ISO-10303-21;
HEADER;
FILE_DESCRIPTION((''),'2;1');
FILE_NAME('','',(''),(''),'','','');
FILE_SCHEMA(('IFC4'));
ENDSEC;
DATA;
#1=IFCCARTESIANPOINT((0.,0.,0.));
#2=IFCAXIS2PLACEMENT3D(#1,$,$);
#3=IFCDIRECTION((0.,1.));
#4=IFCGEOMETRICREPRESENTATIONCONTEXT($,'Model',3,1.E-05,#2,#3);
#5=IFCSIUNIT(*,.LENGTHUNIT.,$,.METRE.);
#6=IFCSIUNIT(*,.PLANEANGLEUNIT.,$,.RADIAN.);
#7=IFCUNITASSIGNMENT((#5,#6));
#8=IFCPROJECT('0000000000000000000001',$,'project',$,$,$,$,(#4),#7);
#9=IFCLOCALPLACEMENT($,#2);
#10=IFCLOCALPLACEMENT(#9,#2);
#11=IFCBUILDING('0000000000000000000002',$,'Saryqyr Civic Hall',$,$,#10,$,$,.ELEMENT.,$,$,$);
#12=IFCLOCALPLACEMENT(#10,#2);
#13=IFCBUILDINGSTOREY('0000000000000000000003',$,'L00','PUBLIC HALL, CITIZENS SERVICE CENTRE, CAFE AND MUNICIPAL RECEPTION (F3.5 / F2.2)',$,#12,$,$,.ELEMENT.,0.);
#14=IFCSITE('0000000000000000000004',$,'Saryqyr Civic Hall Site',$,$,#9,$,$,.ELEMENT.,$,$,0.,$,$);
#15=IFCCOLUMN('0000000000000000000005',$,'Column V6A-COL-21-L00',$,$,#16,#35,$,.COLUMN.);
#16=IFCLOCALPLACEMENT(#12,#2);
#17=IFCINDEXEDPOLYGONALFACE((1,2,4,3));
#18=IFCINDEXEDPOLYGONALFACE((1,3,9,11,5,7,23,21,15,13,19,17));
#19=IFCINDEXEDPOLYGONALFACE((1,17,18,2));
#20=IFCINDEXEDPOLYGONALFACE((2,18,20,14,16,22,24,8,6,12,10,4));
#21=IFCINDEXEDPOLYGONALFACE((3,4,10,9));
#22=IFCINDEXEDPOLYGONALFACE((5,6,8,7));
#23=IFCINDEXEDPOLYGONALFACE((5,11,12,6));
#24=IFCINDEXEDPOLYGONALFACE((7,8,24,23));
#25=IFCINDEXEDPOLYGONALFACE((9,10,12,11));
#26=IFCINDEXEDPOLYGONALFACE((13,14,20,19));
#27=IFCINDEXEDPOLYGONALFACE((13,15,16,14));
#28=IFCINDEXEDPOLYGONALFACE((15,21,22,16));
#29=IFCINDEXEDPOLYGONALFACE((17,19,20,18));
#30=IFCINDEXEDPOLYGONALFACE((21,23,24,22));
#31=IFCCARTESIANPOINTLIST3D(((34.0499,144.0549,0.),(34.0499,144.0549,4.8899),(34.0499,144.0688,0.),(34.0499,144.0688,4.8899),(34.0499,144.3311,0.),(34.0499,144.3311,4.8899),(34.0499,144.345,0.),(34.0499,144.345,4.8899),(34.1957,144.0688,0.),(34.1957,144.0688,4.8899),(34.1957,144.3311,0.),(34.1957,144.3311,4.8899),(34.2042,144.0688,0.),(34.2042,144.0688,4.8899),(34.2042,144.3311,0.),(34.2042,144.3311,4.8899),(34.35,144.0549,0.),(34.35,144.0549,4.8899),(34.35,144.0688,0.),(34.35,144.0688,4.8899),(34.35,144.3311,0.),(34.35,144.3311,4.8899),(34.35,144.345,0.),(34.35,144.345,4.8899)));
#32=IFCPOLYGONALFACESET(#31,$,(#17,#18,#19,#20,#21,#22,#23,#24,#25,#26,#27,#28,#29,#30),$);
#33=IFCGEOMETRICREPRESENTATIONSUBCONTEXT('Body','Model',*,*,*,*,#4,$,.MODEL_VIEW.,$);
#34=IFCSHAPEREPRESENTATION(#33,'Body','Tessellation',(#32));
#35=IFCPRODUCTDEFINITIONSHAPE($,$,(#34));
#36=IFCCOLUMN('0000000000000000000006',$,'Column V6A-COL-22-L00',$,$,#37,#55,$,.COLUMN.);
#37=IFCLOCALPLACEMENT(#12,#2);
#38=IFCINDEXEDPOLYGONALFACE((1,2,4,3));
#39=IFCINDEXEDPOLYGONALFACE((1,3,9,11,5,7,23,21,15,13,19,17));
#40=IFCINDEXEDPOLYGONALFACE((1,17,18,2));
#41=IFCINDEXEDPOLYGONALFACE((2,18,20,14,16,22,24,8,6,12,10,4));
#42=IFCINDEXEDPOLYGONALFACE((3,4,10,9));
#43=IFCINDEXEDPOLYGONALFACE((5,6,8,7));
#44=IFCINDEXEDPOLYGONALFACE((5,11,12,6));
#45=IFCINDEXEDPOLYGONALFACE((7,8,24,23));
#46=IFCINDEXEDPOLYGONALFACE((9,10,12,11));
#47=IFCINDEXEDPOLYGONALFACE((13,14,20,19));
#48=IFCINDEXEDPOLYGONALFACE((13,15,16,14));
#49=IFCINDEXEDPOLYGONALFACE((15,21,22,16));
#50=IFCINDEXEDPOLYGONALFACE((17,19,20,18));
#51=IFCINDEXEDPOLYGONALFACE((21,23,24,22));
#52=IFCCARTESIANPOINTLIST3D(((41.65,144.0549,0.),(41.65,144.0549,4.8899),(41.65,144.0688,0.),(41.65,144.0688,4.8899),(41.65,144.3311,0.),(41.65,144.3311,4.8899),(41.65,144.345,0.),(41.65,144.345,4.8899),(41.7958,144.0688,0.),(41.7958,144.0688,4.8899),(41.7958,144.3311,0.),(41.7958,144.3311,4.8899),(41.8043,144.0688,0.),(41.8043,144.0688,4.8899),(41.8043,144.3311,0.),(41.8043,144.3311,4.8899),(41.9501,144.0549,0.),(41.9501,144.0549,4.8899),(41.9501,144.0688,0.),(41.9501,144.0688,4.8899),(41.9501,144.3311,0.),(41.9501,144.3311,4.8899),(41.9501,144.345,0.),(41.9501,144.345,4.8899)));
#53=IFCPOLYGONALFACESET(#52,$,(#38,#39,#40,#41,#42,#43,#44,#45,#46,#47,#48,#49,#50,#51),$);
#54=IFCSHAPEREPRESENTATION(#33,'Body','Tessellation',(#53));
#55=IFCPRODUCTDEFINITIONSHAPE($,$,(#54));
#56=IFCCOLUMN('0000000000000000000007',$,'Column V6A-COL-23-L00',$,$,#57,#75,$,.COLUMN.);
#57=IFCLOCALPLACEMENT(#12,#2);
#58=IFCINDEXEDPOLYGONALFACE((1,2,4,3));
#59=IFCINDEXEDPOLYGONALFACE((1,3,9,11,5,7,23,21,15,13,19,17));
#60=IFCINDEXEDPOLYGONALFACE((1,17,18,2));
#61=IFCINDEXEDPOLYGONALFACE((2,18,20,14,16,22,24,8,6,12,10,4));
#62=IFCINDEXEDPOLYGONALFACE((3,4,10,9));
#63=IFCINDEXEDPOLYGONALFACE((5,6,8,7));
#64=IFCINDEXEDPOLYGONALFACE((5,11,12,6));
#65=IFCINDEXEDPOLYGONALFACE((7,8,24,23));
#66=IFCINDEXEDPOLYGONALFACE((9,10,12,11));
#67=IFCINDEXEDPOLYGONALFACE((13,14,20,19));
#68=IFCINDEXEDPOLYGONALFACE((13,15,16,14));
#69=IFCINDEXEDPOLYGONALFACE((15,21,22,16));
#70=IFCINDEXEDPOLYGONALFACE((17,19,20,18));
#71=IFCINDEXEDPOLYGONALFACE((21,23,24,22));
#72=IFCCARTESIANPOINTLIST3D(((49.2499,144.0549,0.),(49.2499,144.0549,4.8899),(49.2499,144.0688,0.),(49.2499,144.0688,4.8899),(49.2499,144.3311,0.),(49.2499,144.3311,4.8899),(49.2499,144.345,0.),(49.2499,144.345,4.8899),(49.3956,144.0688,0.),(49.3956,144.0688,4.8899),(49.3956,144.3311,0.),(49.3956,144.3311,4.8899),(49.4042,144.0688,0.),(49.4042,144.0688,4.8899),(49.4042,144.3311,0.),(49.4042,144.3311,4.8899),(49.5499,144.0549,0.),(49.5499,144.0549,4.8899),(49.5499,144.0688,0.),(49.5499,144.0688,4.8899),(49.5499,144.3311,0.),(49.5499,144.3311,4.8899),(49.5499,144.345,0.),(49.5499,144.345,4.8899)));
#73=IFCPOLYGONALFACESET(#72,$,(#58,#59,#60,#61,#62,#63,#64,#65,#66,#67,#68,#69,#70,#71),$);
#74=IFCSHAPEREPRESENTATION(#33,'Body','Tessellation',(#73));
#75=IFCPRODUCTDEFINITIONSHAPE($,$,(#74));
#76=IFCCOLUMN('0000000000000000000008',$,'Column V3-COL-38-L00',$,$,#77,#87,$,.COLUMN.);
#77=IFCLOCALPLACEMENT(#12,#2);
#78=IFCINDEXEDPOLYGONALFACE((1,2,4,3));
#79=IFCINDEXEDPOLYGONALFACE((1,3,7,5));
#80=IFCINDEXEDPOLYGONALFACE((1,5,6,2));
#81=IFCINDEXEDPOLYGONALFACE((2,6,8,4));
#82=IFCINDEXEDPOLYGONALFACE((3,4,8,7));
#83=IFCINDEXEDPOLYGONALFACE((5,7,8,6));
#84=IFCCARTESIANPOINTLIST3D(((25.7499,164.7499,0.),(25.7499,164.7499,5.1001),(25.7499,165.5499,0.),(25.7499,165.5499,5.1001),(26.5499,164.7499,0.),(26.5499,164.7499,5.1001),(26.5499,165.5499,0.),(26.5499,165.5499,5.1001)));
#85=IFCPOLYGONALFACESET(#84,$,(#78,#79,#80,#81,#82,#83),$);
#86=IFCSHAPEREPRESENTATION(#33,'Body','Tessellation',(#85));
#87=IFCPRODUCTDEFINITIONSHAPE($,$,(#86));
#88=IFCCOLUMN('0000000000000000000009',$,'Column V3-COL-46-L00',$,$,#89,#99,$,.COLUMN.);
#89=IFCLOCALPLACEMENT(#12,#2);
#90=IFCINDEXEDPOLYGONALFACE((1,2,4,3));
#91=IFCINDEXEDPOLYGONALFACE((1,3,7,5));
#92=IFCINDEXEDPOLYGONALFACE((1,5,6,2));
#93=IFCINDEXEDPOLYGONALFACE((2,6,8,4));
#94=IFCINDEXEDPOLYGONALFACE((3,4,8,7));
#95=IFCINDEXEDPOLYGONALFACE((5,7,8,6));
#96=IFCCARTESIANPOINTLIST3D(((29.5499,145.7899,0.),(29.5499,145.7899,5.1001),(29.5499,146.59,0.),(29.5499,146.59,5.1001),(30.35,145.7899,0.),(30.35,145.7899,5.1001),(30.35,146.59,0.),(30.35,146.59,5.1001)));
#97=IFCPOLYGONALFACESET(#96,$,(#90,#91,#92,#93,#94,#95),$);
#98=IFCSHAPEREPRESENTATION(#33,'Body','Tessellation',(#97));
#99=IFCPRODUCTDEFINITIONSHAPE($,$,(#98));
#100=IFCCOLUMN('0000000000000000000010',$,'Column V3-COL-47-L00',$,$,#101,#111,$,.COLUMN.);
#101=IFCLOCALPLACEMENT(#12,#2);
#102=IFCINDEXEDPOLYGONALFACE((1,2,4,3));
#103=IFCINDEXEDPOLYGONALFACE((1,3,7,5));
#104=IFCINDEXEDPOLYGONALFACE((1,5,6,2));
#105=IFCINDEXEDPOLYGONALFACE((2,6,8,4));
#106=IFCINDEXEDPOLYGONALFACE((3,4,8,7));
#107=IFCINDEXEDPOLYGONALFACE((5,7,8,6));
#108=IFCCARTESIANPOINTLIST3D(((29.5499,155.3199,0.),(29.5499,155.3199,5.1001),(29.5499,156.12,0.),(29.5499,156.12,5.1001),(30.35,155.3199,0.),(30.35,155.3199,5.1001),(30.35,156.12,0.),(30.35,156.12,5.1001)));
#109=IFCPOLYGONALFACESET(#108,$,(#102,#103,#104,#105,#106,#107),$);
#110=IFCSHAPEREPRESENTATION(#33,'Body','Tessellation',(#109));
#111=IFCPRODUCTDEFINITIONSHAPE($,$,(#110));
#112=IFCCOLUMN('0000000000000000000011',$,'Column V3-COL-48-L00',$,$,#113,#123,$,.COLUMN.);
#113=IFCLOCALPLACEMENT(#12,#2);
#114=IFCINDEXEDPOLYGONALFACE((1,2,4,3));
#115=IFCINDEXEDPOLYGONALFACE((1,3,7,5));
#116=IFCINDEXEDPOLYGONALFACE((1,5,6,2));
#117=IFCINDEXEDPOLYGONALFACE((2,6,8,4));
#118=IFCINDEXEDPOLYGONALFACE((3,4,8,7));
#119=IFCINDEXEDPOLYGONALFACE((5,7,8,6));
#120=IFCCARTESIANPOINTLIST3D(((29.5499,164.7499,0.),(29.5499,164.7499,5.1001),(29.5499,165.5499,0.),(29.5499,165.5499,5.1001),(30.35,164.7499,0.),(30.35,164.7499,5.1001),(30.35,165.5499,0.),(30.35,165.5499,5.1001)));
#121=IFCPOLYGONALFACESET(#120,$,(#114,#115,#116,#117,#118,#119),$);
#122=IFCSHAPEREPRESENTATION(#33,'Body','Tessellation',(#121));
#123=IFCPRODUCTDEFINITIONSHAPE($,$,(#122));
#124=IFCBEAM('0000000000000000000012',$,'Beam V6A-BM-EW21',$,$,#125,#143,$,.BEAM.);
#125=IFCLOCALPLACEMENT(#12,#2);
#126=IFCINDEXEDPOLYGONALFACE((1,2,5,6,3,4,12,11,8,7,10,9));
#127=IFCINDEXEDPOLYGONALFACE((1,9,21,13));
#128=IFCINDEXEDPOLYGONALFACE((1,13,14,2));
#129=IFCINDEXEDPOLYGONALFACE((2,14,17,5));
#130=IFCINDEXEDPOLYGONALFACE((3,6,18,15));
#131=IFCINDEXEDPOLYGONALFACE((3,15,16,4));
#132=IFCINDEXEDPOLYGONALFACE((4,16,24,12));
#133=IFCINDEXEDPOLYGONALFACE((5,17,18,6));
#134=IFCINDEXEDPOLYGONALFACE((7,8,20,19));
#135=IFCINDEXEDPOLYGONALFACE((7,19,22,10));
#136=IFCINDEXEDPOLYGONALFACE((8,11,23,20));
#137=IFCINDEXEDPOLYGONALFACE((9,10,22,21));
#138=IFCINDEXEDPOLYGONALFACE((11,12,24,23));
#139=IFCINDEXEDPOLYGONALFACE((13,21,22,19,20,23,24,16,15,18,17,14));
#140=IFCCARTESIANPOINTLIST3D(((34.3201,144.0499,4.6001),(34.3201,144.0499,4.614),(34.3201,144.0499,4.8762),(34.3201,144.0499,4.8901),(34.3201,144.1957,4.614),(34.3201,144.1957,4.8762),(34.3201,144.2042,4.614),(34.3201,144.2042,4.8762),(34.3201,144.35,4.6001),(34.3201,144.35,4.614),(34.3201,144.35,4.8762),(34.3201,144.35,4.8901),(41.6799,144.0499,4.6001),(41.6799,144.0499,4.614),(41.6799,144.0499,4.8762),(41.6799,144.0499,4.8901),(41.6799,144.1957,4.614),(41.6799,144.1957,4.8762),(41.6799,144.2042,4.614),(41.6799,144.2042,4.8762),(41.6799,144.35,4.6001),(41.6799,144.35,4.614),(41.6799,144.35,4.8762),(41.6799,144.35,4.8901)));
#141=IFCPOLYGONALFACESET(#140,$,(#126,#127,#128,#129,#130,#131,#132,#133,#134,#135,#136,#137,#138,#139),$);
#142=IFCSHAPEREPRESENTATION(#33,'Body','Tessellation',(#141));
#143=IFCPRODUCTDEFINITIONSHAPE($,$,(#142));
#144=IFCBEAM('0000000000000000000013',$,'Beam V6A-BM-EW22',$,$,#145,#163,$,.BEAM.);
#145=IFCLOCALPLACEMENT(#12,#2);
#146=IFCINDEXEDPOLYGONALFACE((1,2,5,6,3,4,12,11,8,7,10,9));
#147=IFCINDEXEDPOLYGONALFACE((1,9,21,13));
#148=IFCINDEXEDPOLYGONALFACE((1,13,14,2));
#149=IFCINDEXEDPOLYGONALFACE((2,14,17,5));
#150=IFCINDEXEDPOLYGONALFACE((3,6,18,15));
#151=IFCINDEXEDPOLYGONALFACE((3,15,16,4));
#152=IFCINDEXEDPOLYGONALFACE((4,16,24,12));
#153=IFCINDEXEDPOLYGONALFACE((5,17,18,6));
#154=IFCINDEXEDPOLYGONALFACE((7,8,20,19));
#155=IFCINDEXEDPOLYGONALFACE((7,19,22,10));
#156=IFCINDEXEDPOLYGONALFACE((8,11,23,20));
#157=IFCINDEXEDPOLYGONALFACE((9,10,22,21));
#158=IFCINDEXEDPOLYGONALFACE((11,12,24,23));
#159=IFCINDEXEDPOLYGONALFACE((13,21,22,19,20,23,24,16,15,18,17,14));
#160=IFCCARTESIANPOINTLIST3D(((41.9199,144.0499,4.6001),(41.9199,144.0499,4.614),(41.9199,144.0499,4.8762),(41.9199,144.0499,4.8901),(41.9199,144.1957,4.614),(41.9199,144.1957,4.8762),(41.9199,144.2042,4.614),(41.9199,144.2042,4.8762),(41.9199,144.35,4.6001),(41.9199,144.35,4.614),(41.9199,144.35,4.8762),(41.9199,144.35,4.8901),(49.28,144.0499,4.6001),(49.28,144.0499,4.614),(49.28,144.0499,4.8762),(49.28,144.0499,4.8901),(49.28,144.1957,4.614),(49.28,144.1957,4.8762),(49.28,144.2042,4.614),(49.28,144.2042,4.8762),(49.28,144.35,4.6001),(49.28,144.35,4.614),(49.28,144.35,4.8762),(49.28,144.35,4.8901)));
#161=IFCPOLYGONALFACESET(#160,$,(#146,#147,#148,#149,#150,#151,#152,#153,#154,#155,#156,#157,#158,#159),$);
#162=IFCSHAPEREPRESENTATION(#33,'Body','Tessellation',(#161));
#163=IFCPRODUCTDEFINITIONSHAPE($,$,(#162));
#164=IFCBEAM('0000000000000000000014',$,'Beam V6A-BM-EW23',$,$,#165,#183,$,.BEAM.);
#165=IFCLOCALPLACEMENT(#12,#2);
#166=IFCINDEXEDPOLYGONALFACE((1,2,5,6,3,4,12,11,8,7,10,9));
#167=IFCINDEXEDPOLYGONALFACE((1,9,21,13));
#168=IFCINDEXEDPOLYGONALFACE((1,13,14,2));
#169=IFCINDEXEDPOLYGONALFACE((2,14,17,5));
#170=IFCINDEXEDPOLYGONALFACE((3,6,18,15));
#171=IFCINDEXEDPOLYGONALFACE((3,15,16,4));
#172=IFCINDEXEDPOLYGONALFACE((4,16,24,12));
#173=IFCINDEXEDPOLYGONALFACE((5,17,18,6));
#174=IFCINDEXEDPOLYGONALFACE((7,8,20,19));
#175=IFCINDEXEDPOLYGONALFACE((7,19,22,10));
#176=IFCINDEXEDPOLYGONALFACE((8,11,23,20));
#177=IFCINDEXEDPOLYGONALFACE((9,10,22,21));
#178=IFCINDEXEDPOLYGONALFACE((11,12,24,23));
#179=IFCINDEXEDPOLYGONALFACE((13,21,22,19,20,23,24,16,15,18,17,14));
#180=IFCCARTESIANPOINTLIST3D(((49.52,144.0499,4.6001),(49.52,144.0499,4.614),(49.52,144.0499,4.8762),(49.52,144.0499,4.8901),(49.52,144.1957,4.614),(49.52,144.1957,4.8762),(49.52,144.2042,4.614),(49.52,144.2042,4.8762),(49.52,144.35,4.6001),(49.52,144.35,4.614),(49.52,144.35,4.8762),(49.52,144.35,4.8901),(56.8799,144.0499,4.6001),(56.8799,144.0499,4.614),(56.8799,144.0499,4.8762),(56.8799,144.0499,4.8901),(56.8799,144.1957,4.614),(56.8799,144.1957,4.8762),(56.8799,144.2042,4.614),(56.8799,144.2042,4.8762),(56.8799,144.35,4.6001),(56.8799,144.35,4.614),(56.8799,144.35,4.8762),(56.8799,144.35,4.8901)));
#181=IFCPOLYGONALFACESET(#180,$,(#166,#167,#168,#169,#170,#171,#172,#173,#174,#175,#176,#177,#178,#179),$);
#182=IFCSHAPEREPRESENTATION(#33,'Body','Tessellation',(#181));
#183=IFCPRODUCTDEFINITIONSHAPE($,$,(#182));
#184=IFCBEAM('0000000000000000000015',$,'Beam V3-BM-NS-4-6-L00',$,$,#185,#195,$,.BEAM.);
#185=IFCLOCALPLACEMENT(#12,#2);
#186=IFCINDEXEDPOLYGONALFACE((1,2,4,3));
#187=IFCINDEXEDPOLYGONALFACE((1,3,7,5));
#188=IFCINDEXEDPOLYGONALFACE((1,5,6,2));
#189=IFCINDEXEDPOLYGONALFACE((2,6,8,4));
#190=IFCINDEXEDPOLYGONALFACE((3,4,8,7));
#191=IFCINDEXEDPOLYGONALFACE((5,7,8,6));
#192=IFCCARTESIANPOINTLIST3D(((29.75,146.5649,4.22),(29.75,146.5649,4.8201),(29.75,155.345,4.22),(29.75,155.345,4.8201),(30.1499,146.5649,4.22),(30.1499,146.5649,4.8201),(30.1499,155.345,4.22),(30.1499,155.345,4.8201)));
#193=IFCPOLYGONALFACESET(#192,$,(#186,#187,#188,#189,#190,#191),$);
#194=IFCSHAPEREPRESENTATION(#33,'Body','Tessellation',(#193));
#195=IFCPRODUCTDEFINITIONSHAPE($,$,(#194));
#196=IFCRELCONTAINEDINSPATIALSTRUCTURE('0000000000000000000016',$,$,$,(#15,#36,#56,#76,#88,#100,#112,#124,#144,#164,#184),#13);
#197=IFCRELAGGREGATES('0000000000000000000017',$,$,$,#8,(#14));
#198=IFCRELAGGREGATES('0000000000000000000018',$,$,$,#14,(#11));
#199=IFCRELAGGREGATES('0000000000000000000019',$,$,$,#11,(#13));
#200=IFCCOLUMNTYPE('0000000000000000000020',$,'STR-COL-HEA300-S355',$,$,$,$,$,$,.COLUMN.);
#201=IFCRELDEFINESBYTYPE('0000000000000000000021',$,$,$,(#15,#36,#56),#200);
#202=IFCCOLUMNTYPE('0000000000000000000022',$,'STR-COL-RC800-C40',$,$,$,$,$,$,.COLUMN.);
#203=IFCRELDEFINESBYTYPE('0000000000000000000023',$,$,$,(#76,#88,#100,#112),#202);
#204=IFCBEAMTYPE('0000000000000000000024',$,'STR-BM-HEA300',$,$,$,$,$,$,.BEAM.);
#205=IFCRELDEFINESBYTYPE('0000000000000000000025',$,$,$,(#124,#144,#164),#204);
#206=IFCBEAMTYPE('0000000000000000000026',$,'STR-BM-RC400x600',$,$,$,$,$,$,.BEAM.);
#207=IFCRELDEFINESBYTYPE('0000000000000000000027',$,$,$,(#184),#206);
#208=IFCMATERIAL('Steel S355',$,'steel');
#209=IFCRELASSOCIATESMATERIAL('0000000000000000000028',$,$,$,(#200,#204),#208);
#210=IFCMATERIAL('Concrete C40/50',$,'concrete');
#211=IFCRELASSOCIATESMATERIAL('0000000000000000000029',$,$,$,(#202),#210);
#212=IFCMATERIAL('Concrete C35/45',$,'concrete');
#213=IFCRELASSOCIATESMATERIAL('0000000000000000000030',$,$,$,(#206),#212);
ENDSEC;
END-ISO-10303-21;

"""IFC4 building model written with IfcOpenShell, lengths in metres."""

from ifc_helpers import new_model, si_unit, direction, frame, origin, origin_2d, place, context, subcontext, project, spatial, rectangle, i_section, extrude, material, material_profile, profile_set, type_object, element, save


model = new_model("IFC4")

# Units and contexts
model_context = context("Model", 3, precision=1e-05, world=origin(), true_north=direction((0.0, 1.0)))
body_context = subcontext(model_context, "Body", "Model", "MODEL_VIEW")
ifc_project = project(units=[si_unit("LENGTHUNIT", "METRE"), si_unit("PLANEANGLEUNIT", "RADIAN")], contexts=[model_context])

# Site, building, storey
site_placement = place(None, origin())
site = spatial("IfcSite", under=ifc_project, at=site_placement, Name="Saryqyr Civic Hall Site", CompositionType="ELEMENT", RefElevation=0.0)
building_placement = place(site_placement, origin())
building = spatial("IfcBuilding", under=site, at=building_placement, Name="Saryqyr Civic Hall", CompositionType="ELEMENT")
storey_placement = place(building_placement, origin())
storey = spatial("IfcBuildingStorey", under=building, at=storey_placement, Name="L00", Description="PUBLIC HALL, CITIZENS SERVICE CENTRE, CAFE AND MUNICIPAL RECEPTION (F3.5 / F2.2)", CompositionType="ELEMENT", Elevation=0.0)

# Columns
ifc_material_1 = material(Name="Steel S355", Category="steel")
ifc_material_profile_1 = material_profile(ifc_material_1, i_section(OverallWidth=0.3, OverallDepth=0.29, WebThickness=0.0085, FlangeThickness=0.0139, at=origin_2d()), Name="HEA 300")
ifc_profile_set_1 = profile_set([ifc_material_profile_1], Name="Steel S355")
column_type_1 = type_object("IfcColumnType", Name="STR-COL-HEA300-S355", PredefinedType="COLUMN", material=ifc_profile_set_1)
for number, where, z_axis, x_axis, name in (
    (1, (34.2, 144.2, 0.0), (0.0, 0.0, 1.0), (1.0, 0.0, 0.0), "Column V6A-COL-21-L00"),
    (2, (41.8, 144.2, 0.0), (0.0, 0.0, 1.0), (1.0, 0.0, 0.0), "Column V6A-COL-22-L00"),
    (3, (49.3999, 144.2, 0.0), (0.0, 0.0, 1.0), (1.0, 0.0, 0.0), "Column V6A-COL-23-L00"),
):
    element("IfcColumn", number, at=place(storey_placement, frame(where, z_axis=z_axis, x_axis=x_axis)), inside=storey, type_object=column_type_1, Name=name, PredefinedType="COLUMN", context=body_context, shape_type="SweptSolid", body=[
        extrude(i_section(OverallWidth=0.3, OverallDepth=0.29, WebThickness=0.0085, FlangeThickness=0.0139, at=origin_2d()), origin(), (0.0, 0.0, 1.0), 4.8899),
    ])
ifc_material_2 = material(Name="Concrete C40/50", Category="concrete")
ifc_material_profile_2 = material_profile(ifc_material_2, rectangle(XDim=0.8, YDim=0.8, at=origin_2d()), Name="RC 800x800")
ifc_profile_set_2 = profile_set([ifc_material_profile_2], Name="Concrete C40/50")
column_type_2 = type_object("IfcColumnType", Name="STR-COL-RC800-C40", PredefinedType="COLUMN", material=ifc_profile_set_2)
for number, where, z_axis, x_axis, name in (
    (4, (26.1499, 165.1499, 0.0), (0.0, 0.0, 1.0), (1.0, 0.0, 0.0), "Column V3-COL-38-L00"),
    (5, (29.95, 146.1899, 0.0), (0.0, 0.0, 1.0), (1.0, 0.0, 0.0), "Column V3-COL-46-L00"),
    (6, (29.95, 155.72, 0.0), (0.0, 0.0, 1.0), (1.0, 0.0, 0.0), "Column V3-COL-47-L00"),
    (7, (29.95, 165.1499, 0.0), (0.0, 0.0, 1.0), (1.0, 0.0, 0.0), "Column V3-COL-48-L00"),
):
    element("IfcColumn", number, at=place(storey_placement, frame(where, z_axis=z_axis, x_axis=x_axis)), inside=storey, type_object=column_type_2, Name=name, PredefinedType="COLUMN", context=body_context, shape_type="SweptSolid", body=[
        extrude(rectangle(XDim=0.8, YDim=0.8, at=origin_2d()), origin(), (0.0, 0.0, 1.0), 5.1001),
    ])

# Beams
ifc_material_profile_3 = material_profile(ifc_material_1, i_section(OverallWidth=0.3, OverallDepth=0.29, WebThickness=0.0085, FlangeThickness=0.0139, at=origin_2d()), Name="HEA 300")
ifc_profile_set_3 = profile_set([ifc_material_profile_3], Name="Steel S355")
beam_type_1 = type_object("IfcBeamType", Name="STR-BM-HEA300", PredefinedType="BEAM", material=ifc_profile_set_3)
beam_1_placement = place(storey_placement, frame((34.3201, 144.2, 4.7451), z_axis=(1.0, 0.0, 0.0), x_axis=(0.0, 1.0, 0.0)))
element("IfcBeam", 8, at=beam_1_placement, inside=storey, type_object=beam_type_1, Name="Beam V6A-BM-EW21", PredefinedType="BEAM", context=body_context, shape_type="SweptSolid", body=[
    extrude(i_section(OverallWidth=0.3, OverallDepth=0.29, WebThickness=0.0085, FlangeThickness=0.0139, at=origin_2d()), origin(), (0.0, 0.0, 1.0), 7.3599),
])
beam_2_placement = place(storey_placement, frame((41.9199, 144.2, 4.7451), z_axis=(1.0, 0.0, 0.0), x_axis=(0.0, 1.0, 0.0)))
element("IfcBeam", 9, at=beam_2_placement, inside=storey, type_object=beam_type_1, Name="Beam V6A-BM-EW22", PredefinedType="BEAM", context=body_context, shape_type="SweptSolid", body=[
    extrude(i_section(OverallWidth=0.3, OverallDepth=0.29, WebThickness=0.0085, FlangeThickness=0.0139, at=origin_2d()), origin(), (0.0, 0.0, 1.0), 7.3601),
])
beam_3_placement = place(storey_placement, frame((49.52, 144.2, 4.7451), z_axis=(1.0, 0.0, 0.0), x_axis=(0.0, 1.0, 0.0)))
element("IfcBeam", 10, at=beam_3_placement, inside=storey, type_object=beam_type_1, Name="Beam V6A-BM-EW23", PredefinedType="BEAM", context=body_context, shape_type="SweptSolid", body=[
    extrude(i_section(OverallWidth=0.3, OverallDepth=0.29, WebThickness=0.0085, FlangeThickness=0.0139, at=origin_2d()), origin(), (0.0, 0.0, 1.0), 7.3599),
])
ifc_material_3 = material(Name="Concrete C35/45", Category="concrete")
ifc_material_profile_4 = material_profile(ifc_material_3, rectangle(XDim=0.3999, YDim=0.6001, at=origin_2d()), Name="RC 400x600")
ifc_profile_set_4 = profile_set([ifc_material_profile_4], Name="Concrete C35/45")
beam_type_2 = type_object("IfcBeamType", Name="STR-BM-RC400x600", PredefinedType="BEAM", material=ifc_profile_set_4)
beam_4_placement = place(storey_placement, frame((29.95, 146.5649, 4.52), z_axis=(0.0, 1.0, 0.0), x_axis=(-1.0, 0.0, 0.0)))
element("IfcBeam", 11, at=beam_4_placement, inside=storey, type_object=beam_type_2, Name="Beam V3-BM-NS-4-6-L00", PredefinedType="BEAM", context=body_context, shape_type="SweptSolid", body=[
    extrude(rectangle(XDim=0.3999, YDim=0.6001, at=origin_2d()), origin(), (0.0, 0.0, 1.0), 8.78),
])

save(model, "model.ifc")
